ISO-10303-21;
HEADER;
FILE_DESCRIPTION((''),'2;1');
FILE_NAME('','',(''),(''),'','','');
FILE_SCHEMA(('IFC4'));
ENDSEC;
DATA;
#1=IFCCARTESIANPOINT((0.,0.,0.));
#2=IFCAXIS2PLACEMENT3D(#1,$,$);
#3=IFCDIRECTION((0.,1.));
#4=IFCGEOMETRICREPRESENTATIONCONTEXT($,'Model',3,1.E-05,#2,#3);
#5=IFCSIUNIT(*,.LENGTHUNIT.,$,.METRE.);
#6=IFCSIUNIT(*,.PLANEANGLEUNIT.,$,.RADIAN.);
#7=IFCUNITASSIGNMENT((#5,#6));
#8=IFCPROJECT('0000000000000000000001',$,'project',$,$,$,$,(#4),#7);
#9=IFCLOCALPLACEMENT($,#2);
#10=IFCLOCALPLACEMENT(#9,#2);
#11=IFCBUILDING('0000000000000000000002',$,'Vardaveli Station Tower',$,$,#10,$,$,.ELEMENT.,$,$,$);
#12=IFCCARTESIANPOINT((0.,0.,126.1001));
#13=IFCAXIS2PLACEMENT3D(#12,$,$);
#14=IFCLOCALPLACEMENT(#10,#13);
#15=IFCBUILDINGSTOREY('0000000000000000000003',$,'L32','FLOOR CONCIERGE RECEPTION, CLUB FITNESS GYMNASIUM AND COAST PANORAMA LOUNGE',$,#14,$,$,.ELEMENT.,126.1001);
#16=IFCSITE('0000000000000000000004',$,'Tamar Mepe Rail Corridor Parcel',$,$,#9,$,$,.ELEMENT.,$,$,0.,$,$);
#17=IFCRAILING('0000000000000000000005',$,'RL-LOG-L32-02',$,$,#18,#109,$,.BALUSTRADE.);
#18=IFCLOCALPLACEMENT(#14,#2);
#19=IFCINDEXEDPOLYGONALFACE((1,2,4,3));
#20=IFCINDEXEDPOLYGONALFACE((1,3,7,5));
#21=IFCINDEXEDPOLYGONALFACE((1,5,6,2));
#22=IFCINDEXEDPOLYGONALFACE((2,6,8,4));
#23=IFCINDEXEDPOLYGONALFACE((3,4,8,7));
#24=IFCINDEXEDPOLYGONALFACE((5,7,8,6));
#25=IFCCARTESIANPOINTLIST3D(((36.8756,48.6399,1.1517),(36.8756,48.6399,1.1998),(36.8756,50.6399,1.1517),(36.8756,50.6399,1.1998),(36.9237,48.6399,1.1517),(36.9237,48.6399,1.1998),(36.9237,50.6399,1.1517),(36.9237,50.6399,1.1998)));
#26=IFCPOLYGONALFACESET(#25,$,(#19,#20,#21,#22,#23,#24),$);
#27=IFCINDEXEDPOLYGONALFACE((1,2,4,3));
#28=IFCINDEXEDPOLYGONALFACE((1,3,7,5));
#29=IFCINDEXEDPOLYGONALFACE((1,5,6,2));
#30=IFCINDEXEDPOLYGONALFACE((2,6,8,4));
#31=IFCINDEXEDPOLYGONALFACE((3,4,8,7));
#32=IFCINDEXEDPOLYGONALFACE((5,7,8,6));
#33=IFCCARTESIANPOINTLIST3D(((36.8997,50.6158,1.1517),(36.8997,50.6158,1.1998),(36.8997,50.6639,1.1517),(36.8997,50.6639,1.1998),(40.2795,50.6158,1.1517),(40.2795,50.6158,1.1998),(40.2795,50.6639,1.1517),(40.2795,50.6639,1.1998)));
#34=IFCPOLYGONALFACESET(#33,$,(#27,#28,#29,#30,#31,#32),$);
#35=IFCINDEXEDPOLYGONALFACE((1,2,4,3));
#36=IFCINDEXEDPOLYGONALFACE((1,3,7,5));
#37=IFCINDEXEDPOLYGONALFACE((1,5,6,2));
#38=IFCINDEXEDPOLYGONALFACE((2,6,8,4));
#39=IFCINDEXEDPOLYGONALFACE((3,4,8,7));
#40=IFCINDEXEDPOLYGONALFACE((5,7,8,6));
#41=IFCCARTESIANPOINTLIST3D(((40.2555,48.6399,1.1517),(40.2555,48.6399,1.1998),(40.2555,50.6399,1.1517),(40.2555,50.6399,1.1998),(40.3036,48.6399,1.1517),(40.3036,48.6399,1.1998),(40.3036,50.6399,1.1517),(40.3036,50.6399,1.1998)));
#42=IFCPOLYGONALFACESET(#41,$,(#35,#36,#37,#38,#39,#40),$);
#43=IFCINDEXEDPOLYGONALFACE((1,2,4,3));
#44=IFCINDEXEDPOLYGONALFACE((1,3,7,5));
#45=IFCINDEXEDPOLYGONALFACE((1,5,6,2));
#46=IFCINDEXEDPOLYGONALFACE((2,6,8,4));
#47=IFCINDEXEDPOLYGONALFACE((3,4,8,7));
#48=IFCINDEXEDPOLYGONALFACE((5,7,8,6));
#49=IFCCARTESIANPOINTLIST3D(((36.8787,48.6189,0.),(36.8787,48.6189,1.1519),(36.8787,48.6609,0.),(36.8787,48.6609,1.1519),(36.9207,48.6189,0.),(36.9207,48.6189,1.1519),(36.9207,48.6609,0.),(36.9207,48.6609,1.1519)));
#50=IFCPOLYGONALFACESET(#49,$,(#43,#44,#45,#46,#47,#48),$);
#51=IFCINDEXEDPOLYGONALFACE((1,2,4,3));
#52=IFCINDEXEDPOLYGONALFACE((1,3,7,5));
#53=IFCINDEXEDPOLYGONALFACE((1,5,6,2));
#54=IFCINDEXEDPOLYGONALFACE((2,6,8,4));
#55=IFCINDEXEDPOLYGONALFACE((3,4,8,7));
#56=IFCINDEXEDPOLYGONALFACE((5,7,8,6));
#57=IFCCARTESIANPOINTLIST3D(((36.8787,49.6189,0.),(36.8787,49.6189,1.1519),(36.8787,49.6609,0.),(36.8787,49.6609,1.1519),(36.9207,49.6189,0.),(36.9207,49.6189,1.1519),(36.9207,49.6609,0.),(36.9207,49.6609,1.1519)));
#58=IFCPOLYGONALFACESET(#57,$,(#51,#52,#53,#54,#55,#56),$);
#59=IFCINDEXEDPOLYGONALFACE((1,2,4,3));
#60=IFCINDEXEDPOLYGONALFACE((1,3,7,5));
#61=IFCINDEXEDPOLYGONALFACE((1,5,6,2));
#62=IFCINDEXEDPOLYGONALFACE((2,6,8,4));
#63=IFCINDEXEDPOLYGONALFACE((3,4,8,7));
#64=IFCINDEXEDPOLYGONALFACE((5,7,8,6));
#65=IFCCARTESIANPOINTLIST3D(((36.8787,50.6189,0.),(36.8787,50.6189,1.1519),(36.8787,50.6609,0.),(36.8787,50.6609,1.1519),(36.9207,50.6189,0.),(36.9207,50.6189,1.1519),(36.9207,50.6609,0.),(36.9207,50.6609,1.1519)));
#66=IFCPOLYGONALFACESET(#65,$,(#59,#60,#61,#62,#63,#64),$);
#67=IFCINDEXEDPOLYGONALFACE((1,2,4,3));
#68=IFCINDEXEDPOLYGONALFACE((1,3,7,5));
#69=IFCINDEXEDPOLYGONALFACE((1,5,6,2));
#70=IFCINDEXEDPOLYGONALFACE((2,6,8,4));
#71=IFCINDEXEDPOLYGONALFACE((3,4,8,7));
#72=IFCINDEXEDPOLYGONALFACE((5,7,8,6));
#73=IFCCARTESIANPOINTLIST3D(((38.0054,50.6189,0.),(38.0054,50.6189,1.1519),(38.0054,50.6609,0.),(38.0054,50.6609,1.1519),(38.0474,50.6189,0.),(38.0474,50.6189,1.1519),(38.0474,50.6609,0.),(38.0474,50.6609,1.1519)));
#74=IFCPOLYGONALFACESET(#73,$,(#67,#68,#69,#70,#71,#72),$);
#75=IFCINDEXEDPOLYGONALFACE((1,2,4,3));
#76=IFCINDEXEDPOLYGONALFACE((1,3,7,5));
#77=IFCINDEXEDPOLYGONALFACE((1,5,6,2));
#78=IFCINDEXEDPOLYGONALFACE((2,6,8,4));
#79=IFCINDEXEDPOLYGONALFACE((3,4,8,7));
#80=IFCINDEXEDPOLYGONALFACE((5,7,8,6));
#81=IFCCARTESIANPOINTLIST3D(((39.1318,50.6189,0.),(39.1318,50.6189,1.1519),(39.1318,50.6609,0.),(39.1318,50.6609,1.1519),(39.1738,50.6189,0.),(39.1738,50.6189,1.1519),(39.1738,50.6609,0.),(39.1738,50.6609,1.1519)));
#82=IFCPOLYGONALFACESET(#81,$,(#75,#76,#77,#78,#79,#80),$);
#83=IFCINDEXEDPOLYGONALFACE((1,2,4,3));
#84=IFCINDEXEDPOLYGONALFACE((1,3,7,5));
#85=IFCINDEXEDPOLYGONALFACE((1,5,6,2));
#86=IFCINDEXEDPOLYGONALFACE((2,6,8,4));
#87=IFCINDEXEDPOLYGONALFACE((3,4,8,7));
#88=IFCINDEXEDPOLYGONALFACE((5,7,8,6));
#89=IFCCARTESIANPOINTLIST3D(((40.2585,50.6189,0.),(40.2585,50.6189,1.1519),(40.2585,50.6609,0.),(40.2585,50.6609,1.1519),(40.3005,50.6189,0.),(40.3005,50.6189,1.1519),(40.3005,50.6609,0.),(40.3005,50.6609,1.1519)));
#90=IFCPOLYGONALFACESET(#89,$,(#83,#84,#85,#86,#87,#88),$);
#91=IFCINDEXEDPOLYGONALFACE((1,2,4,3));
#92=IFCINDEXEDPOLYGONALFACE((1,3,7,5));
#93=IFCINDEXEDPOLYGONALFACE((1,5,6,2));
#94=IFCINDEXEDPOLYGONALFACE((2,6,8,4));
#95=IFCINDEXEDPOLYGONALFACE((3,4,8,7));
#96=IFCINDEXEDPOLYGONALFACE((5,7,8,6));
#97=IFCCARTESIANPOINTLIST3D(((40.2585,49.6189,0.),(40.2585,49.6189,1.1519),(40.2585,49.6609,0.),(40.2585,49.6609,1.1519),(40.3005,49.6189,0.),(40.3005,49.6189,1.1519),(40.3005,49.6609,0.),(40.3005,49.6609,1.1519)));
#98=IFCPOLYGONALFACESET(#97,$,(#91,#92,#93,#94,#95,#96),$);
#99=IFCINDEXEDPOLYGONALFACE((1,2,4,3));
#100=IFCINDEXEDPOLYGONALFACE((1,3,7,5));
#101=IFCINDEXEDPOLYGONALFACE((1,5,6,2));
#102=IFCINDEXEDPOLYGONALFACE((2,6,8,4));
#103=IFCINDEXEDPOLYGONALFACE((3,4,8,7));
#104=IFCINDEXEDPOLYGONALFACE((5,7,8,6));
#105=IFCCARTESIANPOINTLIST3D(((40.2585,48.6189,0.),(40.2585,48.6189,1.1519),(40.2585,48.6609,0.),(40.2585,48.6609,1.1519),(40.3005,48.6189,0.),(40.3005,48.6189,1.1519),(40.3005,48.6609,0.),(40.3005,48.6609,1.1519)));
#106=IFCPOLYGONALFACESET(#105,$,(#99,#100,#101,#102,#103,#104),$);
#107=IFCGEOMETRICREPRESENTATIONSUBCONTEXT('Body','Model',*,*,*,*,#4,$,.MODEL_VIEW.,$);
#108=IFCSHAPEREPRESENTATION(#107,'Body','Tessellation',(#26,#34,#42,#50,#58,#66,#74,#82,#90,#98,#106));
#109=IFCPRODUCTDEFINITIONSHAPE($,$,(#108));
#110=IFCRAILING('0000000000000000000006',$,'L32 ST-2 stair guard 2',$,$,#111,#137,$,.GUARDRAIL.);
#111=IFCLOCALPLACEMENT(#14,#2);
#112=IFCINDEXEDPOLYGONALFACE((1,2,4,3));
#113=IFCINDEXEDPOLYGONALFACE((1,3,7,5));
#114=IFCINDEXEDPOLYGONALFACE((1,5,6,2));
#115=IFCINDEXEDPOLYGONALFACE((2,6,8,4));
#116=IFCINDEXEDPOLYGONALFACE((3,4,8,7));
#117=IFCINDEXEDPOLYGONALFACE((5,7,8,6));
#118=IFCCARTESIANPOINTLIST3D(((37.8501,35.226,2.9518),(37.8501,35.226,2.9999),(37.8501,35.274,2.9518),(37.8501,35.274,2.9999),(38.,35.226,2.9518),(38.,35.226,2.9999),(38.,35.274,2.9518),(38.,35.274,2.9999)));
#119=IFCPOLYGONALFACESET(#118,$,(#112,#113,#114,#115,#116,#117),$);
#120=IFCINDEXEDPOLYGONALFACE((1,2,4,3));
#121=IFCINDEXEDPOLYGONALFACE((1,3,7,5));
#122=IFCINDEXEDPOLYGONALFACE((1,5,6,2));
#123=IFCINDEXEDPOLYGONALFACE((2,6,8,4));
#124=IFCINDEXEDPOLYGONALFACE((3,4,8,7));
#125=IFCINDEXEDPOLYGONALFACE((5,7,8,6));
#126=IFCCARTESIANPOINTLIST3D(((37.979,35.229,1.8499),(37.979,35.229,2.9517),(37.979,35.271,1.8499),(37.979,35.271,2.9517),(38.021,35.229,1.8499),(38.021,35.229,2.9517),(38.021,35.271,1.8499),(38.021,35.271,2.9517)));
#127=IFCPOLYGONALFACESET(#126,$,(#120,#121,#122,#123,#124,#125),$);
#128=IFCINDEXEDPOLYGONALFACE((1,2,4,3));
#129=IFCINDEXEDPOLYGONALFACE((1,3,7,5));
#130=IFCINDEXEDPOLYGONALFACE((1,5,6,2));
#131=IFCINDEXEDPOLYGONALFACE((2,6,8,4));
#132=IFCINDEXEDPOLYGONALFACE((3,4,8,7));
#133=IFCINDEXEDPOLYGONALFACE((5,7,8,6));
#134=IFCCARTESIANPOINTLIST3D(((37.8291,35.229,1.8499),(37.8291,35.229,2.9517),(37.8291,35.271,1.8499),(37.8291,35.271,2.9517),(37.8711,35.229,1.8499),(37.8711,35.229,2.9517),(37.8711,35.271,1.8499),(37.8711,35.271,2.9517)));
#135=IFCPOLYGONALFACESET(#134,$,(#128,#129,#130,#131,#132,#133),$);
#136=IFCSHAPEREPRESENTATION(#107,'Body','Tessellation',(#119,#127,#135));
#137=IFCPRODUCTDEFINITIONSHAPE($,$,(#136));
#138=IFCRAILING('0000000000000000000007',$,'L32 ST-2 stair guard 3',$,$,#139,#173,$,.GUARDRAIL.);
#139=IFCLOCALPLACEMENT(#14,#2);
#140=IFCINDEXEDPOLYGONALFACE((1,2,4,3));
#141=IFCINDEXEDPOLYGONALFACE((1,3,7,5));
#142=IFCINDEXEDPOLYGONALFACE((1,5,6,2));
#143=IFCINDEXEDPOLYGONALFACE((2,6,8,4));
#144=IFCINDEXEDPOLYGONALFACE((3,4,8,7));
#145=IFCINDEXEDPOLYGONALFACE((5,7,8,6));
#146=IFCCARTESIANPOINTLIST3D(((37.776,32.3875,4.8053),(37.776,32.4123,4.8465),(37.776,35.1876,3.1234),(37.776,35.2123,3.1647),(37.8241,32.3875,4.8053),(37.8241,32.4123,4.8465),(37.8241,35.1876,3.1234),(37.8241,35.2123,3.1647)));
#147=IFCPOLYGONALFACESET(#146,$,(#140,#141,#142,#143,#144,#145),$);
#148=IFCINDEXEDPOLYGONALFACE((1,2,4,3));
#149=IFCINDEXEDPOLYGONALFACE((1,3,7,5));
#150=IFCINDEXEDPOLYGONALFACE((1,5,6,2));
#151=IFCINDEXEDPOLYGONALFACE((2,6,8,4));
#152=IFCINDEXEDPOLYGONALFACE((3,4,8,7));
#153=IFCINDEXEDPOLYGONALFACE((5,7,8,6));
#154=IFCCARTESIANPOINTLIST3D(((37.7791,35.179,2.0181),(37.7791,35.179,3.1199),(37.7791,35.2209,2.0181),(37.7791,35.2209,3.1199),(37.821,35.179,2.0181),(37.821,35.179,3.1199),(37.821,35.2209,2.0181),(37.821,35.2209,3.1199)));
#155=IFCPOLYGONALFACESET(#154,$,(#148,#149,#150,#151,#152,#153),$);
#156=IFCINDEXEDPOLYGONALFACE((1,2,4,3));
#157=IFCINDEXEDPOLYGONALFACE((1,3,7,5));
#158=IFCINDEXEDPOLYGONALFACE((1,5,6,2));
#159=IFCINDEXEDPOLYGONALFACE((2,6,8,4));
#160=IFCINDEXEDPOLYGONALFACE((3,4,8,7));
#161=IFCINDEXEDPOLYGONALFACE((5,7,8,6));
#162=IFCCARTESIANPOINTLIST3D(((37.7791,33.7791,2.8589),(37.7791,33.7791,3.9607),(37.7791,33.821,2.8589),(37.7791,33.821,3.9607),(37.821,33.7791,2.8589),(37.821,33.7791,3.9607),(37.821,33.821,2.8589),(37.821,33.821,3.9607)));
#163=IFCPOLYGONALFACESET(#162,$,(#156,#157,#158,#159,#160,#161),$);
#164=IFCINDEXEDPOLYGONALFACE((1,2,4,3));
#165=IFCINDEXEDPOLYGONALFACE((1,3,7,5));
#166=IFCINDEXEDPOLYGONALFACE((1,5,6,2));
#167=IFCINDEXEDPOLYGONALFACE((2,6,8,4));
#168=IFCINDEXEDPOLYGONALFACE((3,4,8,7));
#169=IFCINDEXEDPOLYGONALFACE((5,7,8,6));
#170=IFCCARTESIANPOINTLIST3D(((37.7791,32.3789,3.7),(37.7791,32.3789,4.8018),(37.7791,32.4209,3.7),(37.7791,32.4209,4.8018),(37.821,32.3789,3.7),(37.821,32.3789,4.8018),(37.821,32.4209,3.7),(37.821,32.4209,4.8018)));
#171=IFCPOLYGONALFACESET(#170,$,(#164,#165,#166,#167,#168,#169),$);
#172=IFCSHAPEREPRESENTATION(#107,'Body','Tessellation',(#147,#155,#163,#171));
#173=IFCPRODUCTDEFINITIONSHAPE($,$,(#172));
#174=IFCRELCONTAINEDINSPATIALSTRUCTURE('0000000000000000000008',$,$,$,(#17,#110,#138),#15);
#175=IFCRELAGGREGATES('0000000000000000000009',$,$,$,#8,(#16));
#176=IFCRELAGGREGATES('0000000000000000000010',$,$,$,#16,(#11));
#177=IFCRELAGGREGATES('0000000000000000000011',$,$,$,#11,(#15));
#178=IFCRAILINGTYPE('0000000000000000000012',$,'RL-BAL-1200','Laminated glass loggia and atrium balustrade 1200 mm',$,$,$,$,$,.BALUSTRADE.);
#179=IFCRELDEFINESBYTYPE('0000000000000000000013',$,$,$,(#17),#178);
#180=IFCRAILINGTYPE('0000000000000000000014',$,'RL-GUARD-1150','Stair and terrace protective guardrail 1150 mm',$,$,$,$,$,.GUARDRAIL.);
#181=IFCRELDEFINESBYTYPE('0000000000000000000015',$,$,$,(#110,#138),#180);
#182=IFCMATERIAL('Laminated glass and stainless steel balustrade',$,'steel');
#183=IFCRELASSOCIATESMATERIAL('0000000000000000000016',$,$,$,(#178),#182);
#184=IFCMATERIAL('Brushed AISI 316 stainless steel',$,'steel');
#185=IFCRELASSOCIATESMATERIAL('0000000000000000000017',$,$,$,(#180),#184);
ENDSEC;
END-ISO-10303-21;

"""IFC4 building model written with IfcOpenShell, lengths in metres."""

from ifc_helpers import new_model, si_unit, direction, frame, origin, origin_2d, place, context, subcontext, project, spatial, rectangle, extrude, source, transform, mapped, material, type_object, element, save


model = new_model("IFC4")

# Units and contexts
model_context = context("Model", 3, precision=1e-05, world=origin(), true_north=direction((0.0, 1.0)))
body_context = subcontext(model_context, "Body", "Model", "MODEL_VIEW")
ifc_project = project(units=[si_unit("LENGTHUNIT", "METRE"), si_unit("PLANEANGLEUNIT", "RADIAN")], contexts=[model_context])

# Site, building, storey
site_placement = place(None, origin())
site = spatial("IfcSite", under=ifc_project, at=site_placement, Name="Tamar Mepe Rail Corridor Parcel", CompositionType="ELEMENT", RefElevation=0.0)
building_placement = place(site_placement, origin())
building = spatial("IfcBuilding", under=site, at=building_placement, Name="Vardaveli Station Tower", CompositionType="ELEMENT")
storey_placement = place(building_placement, frame((0.0, 0.0, 126.1001)))
storey = spatial("IfcBuildingStorey", under=building, at=storey_placement, Name="L32", Description="FLOOR CONCIERGE RECEPTION, CLUB FITNESS GYMNASIUM AND COAST PANORAMA LOUNGE", CompositionType="ELEMENT", Elevation=126.1001)

# Railings
ifc_material_1 = material(Name="Laminated glass and stainless steel balustrade", Category="steel")
railing_type_1 = type_object("IfcRailingType", Name="RL-BAL-1200", Description="Laminated glass loggia and atrium balustrade 1200 mm", PredefinedType="BALUSTRADE", material=ifc_material_1)
shared_shape_1 = source(origin(), body_context, "Body", "SweptSolid", [
    extrude(rectangle(XDim=0.0481, YDim=0.0481, at=origin_2d()), frame((0.0, 0.0, 1.1758), z_axis=(0.0, 1.0, 0.0), x_axis=(-1.0, 0.0, 0.0)), (0.0, 0.0, 1.0), 2.0),
    extrude(rectangle(XDim=0.0481, YDim=0.0481, at=origin_2d()), frame((0.0, 2.0, 1.1758), z_axis=(1.0, 0.0, 0.0), x_axis=(0.0, 1.0, 0.0)), (0.0, 0.0, 1.0), 3.3799),
    extrude(rectangle(XDim=0.0481, YDim=0.0481, at=origin_2d()), frame((3.3799, 2.0, 1.1758), z_axis=(0.0, -1.0, 0.0), x_axis=(1.0, 0.0, 0.0)), (0.0, 0.0, 1.0), 2.0),
    extrude(rectangle(XDim=0.042, YDim=0.042, at=origin_2d()), origin(), (0.0, 0.0, 1.0), 1.1519),
    extrude(rectangle(XDim=0.042, YDim=0.042, at=origin_2d()), frame((0.0, 1.0, 0.0)), (0.0, 0.0, 1.0), 1.1519),
    extrude(rectangle(XDim=0.042, YDim=0.042, at=origin_2d()), frame((0.0, 2.0, 0.0)), (0.0, 0.0, 1.0), 1.1519),
    extrude(rectangle(XDim=0.042, YDim=0.042, at=origin_2d()), frame((1.1267, 2.0, 0.0)), (0.0, 0.0, 1.0), 1.1519),
    extrude(rectangle(XDim=0.042, YDim=0.042, at=origin_2d()), frame((2.2532, 2.0, 0.0)), (0.0, 0.0, 1.0), 1.1519),
    extrude(rectangle(XDim=0.042, YDim=0.042, at=origin_2d()), frame((3.3799, 2.0, 0.0)), (0.0, 0.0, 1.0), 1.1519),
    extrude(rectangle(XDim=0.042, YDim=0.042, at=origin_2d()), frame((3.3799, 1.0, 0.0)), (0.0, 0.0, 1.0), 1.1519),
    extrude(rectangle(XDim=0.042, YDim=0.042, at=origin_2d()), frame((3.3799, 0.0, 0.0)), (0.0, 0.0, 1.0), 1.1519),
])
railing_1_placement = place(storey_placement, frame((36.8997, 48.6399, 0.0)))
element("IfcRailing", 1, at=railing_1_placement, inside=storey, type_object=railing_type_1, Name="RL-LOG-L32-02", PredefinedType="BALUSTRADE", context=body_context, shape_type="MappedRepresentation", body=[
    mapped(shared_shape_1, transform((0.0, 0.0, 0.0), scale=1.0)),
])
ifc_material_2 = material(Name="Brushed AISI 316 stainless steel", Category="steel")
railing_type_2 = type_object("IfcRailingType", Name="RL-GUARD-1150", Description="Stair and terrace protective guardrail 1150 mm", PredefinedType="GUARDRAIL", material=ifc_material_2)
shared_shape_2 = source(origin(), body_context, "Body", "SweptSolid", [
    extrude(rectangle(XDim=0.0481, YDim=0.0481, at=origin_2d()), frame((0.0, 0.0, 1.126), z_axis=(-1.0, 0.0, 0.0), x_axis=(0.0, -1.0, 0.0)), (0.0, 0.0, 1.0), 0.1499),
    extrude(rectangle(XDim=0.042, YDim=0.042, at=origin_2d()), origin(), (0.0, 0.0, 1.0), 1.1018),
    extrude(rectangle(XDim=0.042, YDim=0.042, at=origin_2d()), frame((-0.1499, 0.0, 0.0)), (0.0, 0.0, 1.0), 1.1018),
])
railing_2_placement = place(storey_placement, frame((38.0, 35.25, 1.8499)))
element("IfcRailing", 2, at=railing_2_placement, inside=storey, type_object=railing_type_2, Name="L32 ST-2 stair guard 2", PredefinedType="GUARDRAIL", context=body_context, shape_type="MappedRepresentation", body=[
    mapped(shared_shape_2, transform((0.0, 0.0, 0.0), scale=1.0)),
])
shared_shape_3 = source(origin(), body_context, "Body", "SweptSolid", [
    extrude(rectangle(XDim=0.0481, YDim=0.0481, at=origin_2d()), frame((0.0, 0.0, 1.126), z_axis=(0.0, -0.857242, 0.514913), x_axis=(1.0, 0.0, 0.0)), (0.0, 0.0, 1.0), 3.2664),
    extrude(rectangle(XDim=0.042, YDim=0.042, at=origin_2d()), origin(), (0.0, 0.0, 1.0), 1.1018),
    extrude(rectangle(XDim=0.042, YDim=0.042, at=origin_2d()), frame((0.0, -1.3999, 0.8408)), (0.0, 0.0, 1.0), 1.1018),
    extrude(rectangle(XDim=0.042, YDim=0.042, at=origin_2d()), frame((0.0, -2.8, 1.6819)), (0.0, 0.0, 1.0), 1.1018),
])
railing_3_placement = place(storey_placement, frame((37.8, 35.2, 2.0181)))
element("IfcRailing", 3, at=railing_3_placement, inside=storey, type_object=railing_type_2, Name="L32 ST-2 stair guard 3", PredefinedType="GUARDRAIL", context=body_context, shape_type="MappedRepresentation", body=[
    mapped(shared_shape_3, transform((0.0, 0.0, 0.0), scale=1.0)),
])

save(model, "model.ifc")
